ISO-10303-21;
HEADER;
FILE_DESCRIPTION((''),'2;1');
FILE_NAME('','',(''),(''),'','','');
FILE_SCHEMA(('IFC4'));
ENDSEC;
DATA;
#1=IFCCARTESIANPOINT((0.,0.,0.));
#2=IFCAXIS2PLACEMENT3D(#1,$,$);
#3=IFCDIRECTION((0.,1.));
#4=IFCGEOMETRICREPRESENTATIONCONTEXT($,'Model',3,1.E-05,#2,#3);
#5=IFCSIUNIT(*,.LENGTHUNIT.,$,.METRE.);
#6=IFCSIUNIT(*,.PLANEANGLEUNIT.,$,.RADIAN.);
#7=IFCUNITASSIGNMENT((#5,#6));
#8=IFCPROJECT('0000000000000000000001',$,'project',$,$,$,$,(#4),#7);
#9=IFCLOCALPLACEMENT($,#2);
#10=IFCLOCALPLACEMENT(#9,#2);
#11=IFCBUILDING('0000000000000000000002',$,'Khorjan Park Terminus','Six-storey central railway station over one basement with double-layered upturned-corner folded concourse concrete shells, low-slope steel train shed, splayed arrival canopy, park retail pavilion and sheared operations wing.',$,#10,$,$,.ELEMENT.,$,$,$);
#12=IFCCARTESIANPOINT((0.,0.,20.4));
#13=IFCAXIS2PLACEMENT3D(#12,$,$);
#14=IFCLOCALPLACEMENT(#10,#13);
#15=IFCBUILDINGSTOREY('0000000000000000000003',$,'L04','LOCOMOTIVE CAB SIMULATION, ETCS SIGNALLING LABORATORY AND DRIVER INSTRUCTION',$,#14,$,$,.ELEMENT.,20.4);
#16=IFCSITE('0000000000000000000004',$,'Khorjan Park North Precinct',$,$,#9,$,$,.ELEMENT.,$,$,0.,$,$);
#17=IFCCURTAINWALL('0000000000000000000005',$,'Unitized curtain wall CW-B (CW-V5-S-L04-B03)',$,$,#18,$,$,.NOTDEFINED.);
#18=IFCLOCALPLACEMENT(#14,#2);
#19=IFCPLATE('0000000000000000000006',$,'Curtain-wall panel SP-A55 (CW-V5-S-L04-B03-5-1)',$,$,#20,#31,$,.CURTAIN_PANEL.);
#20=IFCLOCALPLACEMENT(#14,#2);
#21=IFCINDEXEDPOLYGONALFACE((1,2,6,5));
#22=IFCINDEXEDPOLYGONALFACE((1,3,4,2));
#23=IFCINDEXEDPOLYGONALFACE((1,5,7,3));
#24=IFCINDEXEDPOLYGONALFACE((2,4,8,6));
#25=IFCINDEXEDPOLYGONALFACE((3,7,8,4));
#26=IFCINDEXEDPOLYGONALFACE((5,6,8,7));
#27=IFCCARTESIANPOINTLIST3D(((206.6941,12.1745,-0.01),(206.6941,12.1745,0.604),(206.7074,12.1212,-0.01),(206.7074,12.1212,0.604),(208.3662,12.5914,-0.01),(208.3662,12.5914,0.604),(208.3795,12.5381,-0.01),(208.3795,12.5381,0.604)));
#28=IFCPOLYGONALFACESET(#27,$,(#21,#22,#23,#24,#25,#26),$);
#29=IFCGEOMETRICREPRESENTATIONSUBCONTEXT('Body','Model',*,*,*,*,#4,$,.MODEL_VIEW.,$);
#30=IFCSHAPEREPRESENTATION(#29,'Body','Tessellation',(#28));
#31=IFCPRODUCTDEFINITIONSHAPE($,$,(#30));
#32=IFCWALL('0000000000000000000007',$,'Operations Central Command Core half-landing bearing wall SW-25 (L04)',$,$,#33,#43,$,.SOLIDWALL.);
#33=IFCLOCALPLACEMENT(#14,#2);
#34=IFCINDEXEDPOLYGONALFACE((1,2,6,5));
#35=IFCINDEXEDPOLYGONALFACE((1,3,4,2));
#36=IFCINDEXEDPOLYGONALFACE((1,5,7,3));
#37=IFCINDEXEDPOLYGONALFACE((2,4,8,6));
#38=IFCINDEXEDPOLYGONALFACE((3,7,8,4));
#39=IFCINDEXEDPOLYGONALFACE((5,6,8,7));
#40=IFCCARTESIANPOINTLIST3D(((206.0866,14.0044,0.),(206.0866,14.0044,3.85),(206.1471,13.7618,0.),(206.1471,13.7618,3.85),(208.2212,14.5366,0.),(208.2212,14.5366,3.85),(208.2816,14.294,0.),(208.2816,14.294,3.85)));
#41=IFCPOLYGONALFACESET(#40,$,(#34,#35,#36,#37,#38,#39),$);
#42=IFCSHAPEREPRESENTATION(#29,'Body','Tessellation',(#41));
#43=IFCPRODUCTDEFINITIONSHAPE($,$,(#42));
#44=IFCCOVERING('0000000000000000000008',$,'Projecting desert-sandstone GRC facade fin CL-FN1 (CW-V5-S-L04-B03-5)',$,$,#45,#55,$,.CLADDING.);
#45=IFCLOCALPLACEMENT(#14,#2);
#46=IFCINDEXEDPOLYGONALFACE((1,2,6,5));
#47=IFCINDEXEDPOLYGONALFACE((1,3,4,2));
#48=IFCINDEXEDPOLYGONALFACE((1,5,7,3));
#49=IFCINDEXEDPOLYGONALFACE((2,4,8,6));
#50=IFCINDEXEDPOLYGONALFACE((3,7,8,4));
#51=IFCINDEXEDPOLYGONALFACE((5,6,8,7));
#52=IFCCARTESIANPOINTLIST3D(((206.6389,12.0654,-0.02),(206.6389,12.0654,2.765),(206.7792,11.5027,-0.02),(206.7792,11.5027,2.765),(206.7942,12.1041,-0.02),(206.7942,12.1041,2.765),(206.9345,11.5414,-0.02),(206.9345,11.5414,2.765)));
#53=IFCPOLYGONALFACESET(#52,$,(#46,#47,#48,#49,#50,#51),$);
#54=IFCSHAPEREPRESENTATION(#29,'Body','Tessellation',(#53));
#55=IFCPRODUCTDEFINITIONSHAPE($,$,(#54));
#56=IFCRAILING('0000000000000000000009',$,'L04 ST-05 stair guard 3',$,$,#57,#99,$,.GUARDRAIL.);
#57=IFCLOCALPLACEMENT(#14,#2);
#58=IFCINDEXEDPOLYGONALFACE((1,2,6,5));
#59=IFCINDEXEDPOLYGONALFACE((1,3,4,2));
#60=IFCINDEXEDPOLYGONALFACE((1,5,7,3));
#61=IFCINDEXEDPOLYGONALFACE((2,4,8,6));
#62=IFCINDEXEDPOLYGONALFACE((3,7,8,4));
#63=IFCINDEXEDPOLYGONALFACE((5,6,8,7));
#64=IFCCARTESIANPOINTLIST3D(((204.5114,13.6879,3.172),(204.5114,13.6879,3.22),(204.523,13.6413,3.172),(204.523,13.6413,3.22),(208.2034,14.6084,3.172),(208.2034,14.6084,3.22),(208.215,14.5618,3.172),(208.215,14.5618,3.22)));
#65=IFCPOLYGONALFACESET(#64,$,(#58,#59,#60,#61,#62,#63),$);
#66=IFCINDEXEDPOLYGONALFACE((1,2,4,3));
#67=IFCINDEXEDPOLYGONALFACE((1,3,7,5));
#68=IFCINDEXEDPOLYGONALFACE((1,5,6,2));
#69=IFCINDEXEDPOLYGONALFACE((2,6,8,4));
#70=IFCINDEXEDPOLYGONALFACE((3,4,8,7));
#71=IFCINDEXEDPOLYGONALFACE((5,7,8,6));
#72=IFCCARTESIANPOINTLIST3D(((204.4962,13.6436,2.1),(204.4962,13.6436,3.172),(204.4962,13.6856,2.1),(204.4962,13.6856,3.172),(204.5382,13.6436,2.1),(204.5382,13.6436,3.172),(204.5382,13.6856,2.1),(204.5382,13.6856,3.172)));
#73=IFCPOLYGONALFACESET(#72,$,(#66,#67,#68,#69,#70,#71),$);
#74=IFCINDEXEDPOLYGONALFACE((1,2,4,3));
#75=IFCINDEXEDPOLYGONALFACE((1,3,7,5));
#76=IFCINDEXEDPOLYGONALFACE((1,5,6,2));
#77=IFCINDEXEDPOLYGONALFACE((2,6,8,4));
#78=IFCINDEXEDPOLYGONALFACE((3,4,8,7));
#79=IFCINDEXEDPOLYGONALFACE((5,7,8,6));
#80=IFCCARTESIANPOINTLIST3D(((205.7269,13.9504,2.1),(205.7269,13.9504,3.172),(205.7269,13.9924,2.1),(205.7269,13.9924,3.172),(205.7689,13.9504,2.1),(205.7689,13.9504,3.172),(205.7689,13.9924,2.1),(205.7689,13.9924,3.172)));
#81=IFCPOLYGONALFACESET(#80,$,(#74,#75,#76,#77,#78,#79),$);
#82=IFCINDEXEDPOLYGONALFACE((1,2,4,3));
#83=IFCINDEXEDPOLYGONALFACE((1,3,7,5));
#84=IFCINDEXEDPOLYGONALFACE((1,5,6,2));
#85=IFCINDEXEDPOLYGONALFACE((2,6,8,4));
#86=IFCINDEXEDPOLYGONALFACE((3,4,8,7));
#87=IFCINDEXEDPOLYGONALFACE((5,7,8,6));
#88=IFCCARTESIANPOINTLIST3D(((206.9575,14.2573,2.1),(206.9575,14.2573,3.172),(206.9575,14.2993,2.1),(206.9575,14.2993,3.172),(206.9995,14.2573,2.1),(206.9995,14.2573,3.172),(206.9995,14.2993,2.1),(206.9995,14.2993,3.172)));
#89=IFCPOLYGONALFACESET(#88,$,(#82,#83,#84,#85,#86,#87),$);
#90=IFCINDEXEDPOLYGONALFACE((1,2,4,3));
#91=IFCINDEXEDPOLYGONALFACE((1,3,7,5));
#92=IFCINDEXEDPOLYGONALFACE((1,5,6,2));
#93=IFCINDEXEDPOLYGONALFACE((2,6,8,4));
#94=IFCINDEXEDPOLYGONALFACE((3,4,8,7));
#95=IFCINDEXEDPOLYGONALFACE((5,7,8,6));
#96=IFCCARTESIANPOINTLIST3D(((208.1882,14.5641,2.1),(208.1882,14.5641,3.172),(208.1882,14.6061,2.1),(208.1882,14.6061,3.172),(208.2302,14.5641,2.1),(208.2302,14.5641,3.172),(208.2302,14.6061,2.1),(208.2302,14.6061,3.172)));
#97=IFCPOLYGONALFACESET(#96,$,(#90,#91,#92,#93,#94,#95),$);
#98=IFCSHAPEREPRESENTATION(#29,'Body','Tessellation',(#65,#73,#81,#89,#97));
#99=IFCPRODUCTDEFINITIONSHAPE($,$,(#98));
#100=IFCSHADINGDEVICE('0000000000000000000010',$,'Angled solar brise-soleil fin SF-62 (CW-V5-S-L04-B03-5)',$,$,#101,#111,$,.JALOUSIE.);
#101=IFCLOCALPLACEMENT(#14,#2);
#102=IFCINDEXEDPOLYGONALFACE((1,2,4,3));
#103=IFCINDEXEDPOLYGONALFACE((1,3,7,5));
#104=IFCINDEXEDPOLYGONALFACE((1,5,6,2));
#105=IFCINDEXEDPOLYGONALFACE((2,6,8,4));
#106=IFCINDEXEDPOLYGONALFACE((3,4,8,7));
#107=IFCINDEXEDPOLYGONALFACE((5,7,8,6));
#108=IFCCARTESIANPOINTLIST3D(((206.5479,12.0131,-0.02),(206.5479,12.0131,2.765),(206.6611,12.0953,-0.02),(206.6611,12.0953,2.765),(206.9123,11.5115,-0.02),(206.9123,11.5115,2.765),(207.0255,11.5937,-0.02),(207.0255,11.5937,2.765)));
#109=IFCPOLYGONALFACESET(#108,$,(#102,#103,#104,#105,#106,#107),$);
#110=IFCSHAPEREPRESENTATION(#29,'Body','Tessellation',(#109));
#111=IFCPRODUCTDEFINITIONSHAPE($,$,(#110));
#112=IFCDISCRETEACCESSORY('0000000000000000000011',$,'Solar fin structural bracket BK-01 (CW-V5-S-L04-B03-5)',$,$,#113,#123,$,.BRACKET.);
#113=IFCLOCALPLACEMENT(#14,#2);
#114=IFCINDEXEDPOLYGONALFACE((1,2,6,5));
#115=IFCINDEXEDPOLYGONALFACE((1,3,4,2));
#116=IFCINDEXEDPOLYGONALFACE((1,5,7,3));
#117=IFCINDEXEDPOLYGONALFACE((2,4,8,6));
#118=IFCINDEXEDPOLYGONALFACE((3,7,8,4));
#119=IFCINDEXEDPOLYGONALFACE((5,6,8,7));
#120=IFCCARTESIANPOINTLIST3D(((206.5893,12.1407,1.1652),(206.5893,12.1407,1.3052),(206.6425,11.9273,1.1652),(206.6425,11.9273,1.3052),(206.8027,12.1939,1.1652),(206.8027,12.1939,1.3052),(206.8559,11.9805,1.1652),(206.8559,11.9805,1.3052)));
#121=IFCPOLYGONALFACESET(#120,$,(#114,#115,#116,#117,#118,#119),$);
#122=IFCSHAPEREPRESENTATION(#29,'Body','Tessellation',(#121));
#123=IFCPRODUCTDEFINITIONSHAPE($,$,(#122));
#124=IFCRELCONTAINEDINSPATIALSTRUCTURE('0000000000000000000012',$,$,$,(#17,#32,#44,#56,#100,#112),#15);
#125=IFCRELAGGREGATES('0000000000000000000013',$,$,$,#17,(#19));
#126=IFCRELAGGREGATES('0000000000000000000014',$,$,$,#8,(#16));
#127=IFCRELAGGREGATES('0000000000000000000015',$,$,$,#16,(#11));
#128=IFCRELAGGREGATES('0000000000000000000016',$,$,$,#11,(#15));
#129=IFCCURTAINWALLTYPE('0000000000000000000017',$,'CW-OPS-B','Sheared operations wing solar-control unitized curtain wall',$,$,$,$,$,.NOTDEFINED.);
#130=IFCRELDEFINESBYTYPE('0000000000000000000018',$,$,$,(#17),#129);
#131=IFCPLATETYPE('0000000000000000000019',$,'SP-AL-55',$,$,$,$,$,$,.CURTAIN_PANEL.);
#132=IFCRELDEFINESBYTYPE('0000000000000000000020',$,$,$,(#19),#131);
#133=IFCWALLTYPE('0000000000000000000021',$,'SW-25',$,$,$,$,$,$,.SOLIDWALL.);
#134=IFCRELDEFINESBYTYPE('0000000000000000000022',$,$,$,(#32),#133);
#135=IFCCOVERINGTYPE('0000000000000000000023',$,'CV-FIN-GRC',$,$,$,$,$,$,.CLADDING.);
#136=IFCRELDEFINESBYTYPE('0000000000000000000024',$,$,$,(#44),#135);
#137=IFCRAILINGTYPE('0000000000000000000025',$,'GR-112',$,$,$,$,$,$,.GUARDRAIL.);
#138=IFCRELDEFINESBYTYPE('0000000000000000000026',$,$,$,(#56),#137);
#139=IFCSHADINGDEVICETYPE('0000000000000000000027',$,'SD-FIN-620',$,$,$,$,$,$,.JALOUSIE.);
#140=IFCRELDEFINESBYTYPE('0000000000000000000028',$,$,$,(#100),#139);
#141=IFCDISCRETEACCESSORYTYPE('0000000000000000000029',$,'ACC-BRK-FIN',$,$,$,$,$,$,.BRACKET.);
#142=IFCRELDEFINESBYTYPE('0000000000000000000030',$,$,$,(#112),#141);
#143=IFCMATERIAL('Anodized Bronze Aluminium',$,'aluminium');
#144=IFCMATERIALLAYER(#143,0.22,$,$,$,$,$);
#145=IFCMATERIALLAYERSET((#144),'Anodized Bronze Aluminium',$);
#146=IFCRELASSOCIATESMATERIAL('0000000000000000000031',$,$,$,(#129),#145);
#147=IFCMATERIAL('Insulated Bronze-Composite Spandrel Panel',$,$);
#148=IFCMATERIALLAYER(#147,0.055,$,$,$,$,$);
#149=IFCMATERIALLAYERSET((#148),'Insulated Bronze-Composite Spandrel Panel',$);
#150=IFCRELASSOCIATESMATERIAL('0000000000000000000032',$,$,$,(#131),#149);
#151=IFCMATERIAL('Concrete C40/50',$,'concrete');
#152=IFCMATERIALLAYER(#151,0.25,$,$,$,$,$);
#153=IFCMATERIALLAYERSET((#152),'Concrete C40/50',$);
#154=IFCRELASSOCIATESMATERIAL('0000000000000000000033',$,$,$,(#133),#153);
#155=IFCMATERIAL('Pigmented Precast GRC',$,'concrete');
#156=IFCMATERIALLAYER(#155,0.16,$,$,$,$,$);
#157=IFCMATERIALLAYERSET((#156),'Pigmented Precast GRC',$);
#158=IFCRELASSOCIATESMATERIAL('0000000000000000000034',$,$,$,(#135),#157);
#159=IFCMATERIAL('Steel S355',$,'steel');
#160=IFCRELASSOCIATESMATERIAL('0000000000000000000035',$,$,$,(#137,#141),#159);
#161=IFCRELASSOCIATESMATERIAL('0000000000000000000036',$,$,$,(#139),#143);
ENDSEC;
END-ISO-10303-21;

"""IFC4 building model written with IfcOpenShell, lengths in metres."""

from ifc_helpers import new_model, si_unit, direction, frame, frame_2d, origin, origin_2d, place, context, subcontext, project, spatial, rectangle, extrude, material, layer, layer_set, type_object, element, aggregate, save


model = new_model("IFC4")

# Units and contexts
model_context = context("Model", 3, precision=1e-05, world=origin(), true_north=direction((0.0, 1.0)))
body_context = subcontext(model_context, "Body", "Model", "MODEL_VIEW")
ifc_project = project(units=[si_unit("LENGTHUNIT", "METRE"), si_unit("PLANEANGLEUNIT", "RADIAN")], contexts=[model_context])

# Site, building, storey
site_placement = place(None, origin())
site = spatial("IfcSite", under=ifc_project, at=site_placement, Name="Khorjan Park North Precinct", CompositionType="ELEMENT", RefElevation=0.0)
building_placement = place(site_placement, origin())
building = spatial("IfcBuilding", under=site, at=building_placement, Name="Khorjan Park Terminus", Description="Six-storey central railway station over one basement with double-layered upturned-corner folded concourse concrete shells, low-slope steel train shed, splayed arrival canopy, park retail pavilion and sheared operations wing.", CompositionType="ELEMENT")
storey_placement = place(building_placement, frame((0.0, 0.0, 20.4)))
storey = spatial("IfcBuildingStorey", under=building, at=storey_placement, Name="L04", Description="LOCOMOTIVE CAB SIMULATION, ETCS SIGNALLING LABORATORY AND DRIVER INSTRUCTION", CompositionType="ELEMENT", Elevation=20.4)

# Curtain wall, plate
ifc_material_1 = material(Name="Anodized Bronze Aluminium", Category="aluminium")
ifc_layer_1 = layer(ifc_material_1, 0.22)
ifc_layer_set_1 = layer_set([ifc_layer_1], Name="Anodized Bronze Aluminium")
curtain_wall_type = type_object("IfcCurtainWallType", Name="CW-OPS-B", Description="Sheared operations wing solar-control unitized curtain wall", PredefinedType="NOTDEFINED", material=ifc_layer_set_1)
curtain_wall_placement = place(storey_placement, origin())
curtain_wall = element("IfcCurtainWall", 1, at=curtain_wall_placement, inside=storey, type_object=curtain_wall_type, Name="Unitized curtain wall CW-B (CW-V5-S-L04-B03)", PredefinedType="NOTDEFINED")
ifc_material_2 = material(Name="Insulated Bronze-Composite Spandrel Panel")
ifc_layer_2 = layer(ifc_material_2, 0.055)
ifc_layer_set_2 = layer_set([ifc_layer_2], Name="Insulated Bronze-Composite Spandrel Panel")
plate_type_1 = type_object("IfcPlateType", Name="SP-AL-55", PredefinedType="CURTAIN_PANEL", material=ifc_layer_set_2)
plate_1_placement = place(storey_placement, frame((207.5368, 12.3563, -0.01), z_axis=(0.0, 0.0, 1.0), x_axis=(0.970295, 0.241926, 0.0)))
plate_1 = element("IfcPlate", 2, at=plate_1_placement, type_object=plate_type_1, Name="Curtain-wall panel SP-A55 (CW-V5-S-L04-B03-5-1)", PredefinedType="CURTAIN_PANEL", context=body_context, shape_type="SweptSolid", body=[
    extrude(rectangle(XDim=1.7233, YDim=0.055, at=origin_2d()), origin(), (0.0, 0.0, 1.0), 0.614),
])
aggregate(curtain_wall, [plate_1])

# Wall
ifc_material_3 = material(Name="Concrete C40/50", Category="concrete")
ifc_layer_3 = layer(ifc_material_3, 0.25)
ifc_layer_set_3 = layer_set([ifc_layer_3], Name="Concrete C40/50")
wall_type = type_object("IfcWallType", Name="SW-25", PredefinedType="SOLIDWALL", material=ifc_layer_set_3)
wall_placement = place(storey_placement, frame((206.1169, 13.8831, 0.0), z_axis=(0.0, 0.0, 1.0), x_axis=(0.970297, 0.241915, 0.0)))
element("IfcWall", 3, at=wall_placement, inside=storey, type_object=wall_type, Name="Operations Central Command Core half-landing bearing wall SW-25 (L04)", PredefinedType="SOLIDWALL", context=body_context, shape_type="SweptSolid", body=[
    extrude(rectangle(XDim=2.1999, YDim=0.25, at=frame_2d((1.0999, 0.0))), origin(), (0.0, 0.0, 1.0), 3.85),
])

# Covering
ifc_material_4 = material(Name="Pigmented Precast GRC", Category="concrete")
ifc_layer_4 = layer(ifc_material_4, 0.16)
ifc_layer_set_4 = layer_set([ifc_layer_4], Name="Pigmented Precast GRC")
covering_type = type_object("IfcCoveringType", Name="CV-FIN-GRC", PredefinedType="CLADDING", material=ifc_layer_set_4)
covering_placement = place(storey_placement, frame((206.7867, 11.8034, -0.02), z_axis=(0.0, 0.0, 1.0), x_axis=(-0.241922, 0.970296, 0.0)))
element("IfcCovering", 4, at=covering_placement, inside=storey, type_object=covering_type, Name="Projecting desert-sandstone GRC facade fin CL-FN1 (CW-V5-S-L04-B03-5)", PredefinedType="CLADDING", context=body_context, shape_type="SweptSolid", body=[
    extrude(rectangle(XDim=0.58, YDim=0.16, at=origin_2d()), origin(), (0.0, 0.0, 1.0), 2.785),
])

# Railing
ifc_material_5 = material(Name="Steel S355", Category="steel")
railing_type = type_object("IfcRailingType", Name="GR-112", PredefinedType="GUARDRAIL", material=ifc_material_5)
railing_placement = place(storey_placement, frame((204.5172, 13.6646, 2.1)))
element("IfcRailing", 5, at=railing_placement, inside=storey, type_object=railing_type, Name="L04 ST-05 stair guard 3", PredefinedType="GUARDRAIL", context=body_context, shape_type="SweptSolid", body=[
    extrude(rectangle(XDim=0.048, YDim=0.048, at=origin_2d()), frame((0.0, 0.0, 1.096), z_axis=(0.970297, 0.241917, 0.0), x_axis=(-0.241917, 0.970297, 0.0)), (0.0, 0.0, 1.0), 3.805),
    extrude(rectangle(XDim=0.042, YDim=0.042, at=origin_2d()), origin(), (0.0, 0.0, 1.0), 1.072),
    extrude(rectangle(XDim=0.042, YDim=0.042, at=origin_2d()), frame((1.2307, 0.3068, 0.0)), (0.0, 0.0, 1.0), 1.072),
    extrude(rectangle(XDim=0.042, YDim=0.042, at=origin_2d()), frame((2.4613, 0.6137, 0.0)), (0.0, 0.0, 1.0), 1.072),
    extrude(rectangle(XDim=0.042, YDim=0.042, at=origin_2d()), frame((3.692, 0.9205, 0.0)), (0.0, 0.0, 1.0), 1.072),
])

# Shading device
shading_device_type = type_object("IfcShadingDeviceType", Name="SD-FIN-620", PredefinedType="JALOUSIE", material=ifc_material_1)
shading_device_placement = place(storey_placement, frame((206.7867, 11.8034, -0.02), z_axis=(0.0, 0.0, 1.0), x_axis=(-0.587785, 0.809017, 0.0)))
element("IfcShadingDevice", 6, at=shading_device_placement, inside=storey, type_object=shading_device_type, Name="Angled solar brise-soleil fin SF-62 (CW-V5-S-L04-B03-5)", PredefinedType="JALOUSIE", context=body_context, shape_type="SweptSolid", body=[
    extrude(rectangle(XDim=0.62, YDim=0.14, at=origin_2d()), origin(), (0.0, 0.0, 1.0), 2.785),
])

# Discrete accessory
discrete_accessory_type = type_object("IfcDiscreteAccessoryType", Name="ACC-BRK-FIN", PredefinedType="BRACKET", material=ifc_material_5)
discrete_accessory_placement = place(storey_placement, frame((206.7226, 12.0606, 1.1652), z_axis=(0.0, 0.0, 1.0), x_axis=(0.970295, 0.241926, 0.0)))
element("IfcDiscreteAccessory", 7, at=discrete_accessory_placement, inside=storey, type_object=discrete_accessory_type, Name="Solar fin structural bracket BK-01 (CW-V5-S-L04-B03-5)", PredefinedType="BRACKET", context=body_context, shape_type="SweptSolid", body=[
    extrude(rectangle(XDim=0.22, YDim=0.22, at=origin_2d()), origin(), (0.0, 0.0, 1.0), 0.14),
])

save(model, "model.ifc")
